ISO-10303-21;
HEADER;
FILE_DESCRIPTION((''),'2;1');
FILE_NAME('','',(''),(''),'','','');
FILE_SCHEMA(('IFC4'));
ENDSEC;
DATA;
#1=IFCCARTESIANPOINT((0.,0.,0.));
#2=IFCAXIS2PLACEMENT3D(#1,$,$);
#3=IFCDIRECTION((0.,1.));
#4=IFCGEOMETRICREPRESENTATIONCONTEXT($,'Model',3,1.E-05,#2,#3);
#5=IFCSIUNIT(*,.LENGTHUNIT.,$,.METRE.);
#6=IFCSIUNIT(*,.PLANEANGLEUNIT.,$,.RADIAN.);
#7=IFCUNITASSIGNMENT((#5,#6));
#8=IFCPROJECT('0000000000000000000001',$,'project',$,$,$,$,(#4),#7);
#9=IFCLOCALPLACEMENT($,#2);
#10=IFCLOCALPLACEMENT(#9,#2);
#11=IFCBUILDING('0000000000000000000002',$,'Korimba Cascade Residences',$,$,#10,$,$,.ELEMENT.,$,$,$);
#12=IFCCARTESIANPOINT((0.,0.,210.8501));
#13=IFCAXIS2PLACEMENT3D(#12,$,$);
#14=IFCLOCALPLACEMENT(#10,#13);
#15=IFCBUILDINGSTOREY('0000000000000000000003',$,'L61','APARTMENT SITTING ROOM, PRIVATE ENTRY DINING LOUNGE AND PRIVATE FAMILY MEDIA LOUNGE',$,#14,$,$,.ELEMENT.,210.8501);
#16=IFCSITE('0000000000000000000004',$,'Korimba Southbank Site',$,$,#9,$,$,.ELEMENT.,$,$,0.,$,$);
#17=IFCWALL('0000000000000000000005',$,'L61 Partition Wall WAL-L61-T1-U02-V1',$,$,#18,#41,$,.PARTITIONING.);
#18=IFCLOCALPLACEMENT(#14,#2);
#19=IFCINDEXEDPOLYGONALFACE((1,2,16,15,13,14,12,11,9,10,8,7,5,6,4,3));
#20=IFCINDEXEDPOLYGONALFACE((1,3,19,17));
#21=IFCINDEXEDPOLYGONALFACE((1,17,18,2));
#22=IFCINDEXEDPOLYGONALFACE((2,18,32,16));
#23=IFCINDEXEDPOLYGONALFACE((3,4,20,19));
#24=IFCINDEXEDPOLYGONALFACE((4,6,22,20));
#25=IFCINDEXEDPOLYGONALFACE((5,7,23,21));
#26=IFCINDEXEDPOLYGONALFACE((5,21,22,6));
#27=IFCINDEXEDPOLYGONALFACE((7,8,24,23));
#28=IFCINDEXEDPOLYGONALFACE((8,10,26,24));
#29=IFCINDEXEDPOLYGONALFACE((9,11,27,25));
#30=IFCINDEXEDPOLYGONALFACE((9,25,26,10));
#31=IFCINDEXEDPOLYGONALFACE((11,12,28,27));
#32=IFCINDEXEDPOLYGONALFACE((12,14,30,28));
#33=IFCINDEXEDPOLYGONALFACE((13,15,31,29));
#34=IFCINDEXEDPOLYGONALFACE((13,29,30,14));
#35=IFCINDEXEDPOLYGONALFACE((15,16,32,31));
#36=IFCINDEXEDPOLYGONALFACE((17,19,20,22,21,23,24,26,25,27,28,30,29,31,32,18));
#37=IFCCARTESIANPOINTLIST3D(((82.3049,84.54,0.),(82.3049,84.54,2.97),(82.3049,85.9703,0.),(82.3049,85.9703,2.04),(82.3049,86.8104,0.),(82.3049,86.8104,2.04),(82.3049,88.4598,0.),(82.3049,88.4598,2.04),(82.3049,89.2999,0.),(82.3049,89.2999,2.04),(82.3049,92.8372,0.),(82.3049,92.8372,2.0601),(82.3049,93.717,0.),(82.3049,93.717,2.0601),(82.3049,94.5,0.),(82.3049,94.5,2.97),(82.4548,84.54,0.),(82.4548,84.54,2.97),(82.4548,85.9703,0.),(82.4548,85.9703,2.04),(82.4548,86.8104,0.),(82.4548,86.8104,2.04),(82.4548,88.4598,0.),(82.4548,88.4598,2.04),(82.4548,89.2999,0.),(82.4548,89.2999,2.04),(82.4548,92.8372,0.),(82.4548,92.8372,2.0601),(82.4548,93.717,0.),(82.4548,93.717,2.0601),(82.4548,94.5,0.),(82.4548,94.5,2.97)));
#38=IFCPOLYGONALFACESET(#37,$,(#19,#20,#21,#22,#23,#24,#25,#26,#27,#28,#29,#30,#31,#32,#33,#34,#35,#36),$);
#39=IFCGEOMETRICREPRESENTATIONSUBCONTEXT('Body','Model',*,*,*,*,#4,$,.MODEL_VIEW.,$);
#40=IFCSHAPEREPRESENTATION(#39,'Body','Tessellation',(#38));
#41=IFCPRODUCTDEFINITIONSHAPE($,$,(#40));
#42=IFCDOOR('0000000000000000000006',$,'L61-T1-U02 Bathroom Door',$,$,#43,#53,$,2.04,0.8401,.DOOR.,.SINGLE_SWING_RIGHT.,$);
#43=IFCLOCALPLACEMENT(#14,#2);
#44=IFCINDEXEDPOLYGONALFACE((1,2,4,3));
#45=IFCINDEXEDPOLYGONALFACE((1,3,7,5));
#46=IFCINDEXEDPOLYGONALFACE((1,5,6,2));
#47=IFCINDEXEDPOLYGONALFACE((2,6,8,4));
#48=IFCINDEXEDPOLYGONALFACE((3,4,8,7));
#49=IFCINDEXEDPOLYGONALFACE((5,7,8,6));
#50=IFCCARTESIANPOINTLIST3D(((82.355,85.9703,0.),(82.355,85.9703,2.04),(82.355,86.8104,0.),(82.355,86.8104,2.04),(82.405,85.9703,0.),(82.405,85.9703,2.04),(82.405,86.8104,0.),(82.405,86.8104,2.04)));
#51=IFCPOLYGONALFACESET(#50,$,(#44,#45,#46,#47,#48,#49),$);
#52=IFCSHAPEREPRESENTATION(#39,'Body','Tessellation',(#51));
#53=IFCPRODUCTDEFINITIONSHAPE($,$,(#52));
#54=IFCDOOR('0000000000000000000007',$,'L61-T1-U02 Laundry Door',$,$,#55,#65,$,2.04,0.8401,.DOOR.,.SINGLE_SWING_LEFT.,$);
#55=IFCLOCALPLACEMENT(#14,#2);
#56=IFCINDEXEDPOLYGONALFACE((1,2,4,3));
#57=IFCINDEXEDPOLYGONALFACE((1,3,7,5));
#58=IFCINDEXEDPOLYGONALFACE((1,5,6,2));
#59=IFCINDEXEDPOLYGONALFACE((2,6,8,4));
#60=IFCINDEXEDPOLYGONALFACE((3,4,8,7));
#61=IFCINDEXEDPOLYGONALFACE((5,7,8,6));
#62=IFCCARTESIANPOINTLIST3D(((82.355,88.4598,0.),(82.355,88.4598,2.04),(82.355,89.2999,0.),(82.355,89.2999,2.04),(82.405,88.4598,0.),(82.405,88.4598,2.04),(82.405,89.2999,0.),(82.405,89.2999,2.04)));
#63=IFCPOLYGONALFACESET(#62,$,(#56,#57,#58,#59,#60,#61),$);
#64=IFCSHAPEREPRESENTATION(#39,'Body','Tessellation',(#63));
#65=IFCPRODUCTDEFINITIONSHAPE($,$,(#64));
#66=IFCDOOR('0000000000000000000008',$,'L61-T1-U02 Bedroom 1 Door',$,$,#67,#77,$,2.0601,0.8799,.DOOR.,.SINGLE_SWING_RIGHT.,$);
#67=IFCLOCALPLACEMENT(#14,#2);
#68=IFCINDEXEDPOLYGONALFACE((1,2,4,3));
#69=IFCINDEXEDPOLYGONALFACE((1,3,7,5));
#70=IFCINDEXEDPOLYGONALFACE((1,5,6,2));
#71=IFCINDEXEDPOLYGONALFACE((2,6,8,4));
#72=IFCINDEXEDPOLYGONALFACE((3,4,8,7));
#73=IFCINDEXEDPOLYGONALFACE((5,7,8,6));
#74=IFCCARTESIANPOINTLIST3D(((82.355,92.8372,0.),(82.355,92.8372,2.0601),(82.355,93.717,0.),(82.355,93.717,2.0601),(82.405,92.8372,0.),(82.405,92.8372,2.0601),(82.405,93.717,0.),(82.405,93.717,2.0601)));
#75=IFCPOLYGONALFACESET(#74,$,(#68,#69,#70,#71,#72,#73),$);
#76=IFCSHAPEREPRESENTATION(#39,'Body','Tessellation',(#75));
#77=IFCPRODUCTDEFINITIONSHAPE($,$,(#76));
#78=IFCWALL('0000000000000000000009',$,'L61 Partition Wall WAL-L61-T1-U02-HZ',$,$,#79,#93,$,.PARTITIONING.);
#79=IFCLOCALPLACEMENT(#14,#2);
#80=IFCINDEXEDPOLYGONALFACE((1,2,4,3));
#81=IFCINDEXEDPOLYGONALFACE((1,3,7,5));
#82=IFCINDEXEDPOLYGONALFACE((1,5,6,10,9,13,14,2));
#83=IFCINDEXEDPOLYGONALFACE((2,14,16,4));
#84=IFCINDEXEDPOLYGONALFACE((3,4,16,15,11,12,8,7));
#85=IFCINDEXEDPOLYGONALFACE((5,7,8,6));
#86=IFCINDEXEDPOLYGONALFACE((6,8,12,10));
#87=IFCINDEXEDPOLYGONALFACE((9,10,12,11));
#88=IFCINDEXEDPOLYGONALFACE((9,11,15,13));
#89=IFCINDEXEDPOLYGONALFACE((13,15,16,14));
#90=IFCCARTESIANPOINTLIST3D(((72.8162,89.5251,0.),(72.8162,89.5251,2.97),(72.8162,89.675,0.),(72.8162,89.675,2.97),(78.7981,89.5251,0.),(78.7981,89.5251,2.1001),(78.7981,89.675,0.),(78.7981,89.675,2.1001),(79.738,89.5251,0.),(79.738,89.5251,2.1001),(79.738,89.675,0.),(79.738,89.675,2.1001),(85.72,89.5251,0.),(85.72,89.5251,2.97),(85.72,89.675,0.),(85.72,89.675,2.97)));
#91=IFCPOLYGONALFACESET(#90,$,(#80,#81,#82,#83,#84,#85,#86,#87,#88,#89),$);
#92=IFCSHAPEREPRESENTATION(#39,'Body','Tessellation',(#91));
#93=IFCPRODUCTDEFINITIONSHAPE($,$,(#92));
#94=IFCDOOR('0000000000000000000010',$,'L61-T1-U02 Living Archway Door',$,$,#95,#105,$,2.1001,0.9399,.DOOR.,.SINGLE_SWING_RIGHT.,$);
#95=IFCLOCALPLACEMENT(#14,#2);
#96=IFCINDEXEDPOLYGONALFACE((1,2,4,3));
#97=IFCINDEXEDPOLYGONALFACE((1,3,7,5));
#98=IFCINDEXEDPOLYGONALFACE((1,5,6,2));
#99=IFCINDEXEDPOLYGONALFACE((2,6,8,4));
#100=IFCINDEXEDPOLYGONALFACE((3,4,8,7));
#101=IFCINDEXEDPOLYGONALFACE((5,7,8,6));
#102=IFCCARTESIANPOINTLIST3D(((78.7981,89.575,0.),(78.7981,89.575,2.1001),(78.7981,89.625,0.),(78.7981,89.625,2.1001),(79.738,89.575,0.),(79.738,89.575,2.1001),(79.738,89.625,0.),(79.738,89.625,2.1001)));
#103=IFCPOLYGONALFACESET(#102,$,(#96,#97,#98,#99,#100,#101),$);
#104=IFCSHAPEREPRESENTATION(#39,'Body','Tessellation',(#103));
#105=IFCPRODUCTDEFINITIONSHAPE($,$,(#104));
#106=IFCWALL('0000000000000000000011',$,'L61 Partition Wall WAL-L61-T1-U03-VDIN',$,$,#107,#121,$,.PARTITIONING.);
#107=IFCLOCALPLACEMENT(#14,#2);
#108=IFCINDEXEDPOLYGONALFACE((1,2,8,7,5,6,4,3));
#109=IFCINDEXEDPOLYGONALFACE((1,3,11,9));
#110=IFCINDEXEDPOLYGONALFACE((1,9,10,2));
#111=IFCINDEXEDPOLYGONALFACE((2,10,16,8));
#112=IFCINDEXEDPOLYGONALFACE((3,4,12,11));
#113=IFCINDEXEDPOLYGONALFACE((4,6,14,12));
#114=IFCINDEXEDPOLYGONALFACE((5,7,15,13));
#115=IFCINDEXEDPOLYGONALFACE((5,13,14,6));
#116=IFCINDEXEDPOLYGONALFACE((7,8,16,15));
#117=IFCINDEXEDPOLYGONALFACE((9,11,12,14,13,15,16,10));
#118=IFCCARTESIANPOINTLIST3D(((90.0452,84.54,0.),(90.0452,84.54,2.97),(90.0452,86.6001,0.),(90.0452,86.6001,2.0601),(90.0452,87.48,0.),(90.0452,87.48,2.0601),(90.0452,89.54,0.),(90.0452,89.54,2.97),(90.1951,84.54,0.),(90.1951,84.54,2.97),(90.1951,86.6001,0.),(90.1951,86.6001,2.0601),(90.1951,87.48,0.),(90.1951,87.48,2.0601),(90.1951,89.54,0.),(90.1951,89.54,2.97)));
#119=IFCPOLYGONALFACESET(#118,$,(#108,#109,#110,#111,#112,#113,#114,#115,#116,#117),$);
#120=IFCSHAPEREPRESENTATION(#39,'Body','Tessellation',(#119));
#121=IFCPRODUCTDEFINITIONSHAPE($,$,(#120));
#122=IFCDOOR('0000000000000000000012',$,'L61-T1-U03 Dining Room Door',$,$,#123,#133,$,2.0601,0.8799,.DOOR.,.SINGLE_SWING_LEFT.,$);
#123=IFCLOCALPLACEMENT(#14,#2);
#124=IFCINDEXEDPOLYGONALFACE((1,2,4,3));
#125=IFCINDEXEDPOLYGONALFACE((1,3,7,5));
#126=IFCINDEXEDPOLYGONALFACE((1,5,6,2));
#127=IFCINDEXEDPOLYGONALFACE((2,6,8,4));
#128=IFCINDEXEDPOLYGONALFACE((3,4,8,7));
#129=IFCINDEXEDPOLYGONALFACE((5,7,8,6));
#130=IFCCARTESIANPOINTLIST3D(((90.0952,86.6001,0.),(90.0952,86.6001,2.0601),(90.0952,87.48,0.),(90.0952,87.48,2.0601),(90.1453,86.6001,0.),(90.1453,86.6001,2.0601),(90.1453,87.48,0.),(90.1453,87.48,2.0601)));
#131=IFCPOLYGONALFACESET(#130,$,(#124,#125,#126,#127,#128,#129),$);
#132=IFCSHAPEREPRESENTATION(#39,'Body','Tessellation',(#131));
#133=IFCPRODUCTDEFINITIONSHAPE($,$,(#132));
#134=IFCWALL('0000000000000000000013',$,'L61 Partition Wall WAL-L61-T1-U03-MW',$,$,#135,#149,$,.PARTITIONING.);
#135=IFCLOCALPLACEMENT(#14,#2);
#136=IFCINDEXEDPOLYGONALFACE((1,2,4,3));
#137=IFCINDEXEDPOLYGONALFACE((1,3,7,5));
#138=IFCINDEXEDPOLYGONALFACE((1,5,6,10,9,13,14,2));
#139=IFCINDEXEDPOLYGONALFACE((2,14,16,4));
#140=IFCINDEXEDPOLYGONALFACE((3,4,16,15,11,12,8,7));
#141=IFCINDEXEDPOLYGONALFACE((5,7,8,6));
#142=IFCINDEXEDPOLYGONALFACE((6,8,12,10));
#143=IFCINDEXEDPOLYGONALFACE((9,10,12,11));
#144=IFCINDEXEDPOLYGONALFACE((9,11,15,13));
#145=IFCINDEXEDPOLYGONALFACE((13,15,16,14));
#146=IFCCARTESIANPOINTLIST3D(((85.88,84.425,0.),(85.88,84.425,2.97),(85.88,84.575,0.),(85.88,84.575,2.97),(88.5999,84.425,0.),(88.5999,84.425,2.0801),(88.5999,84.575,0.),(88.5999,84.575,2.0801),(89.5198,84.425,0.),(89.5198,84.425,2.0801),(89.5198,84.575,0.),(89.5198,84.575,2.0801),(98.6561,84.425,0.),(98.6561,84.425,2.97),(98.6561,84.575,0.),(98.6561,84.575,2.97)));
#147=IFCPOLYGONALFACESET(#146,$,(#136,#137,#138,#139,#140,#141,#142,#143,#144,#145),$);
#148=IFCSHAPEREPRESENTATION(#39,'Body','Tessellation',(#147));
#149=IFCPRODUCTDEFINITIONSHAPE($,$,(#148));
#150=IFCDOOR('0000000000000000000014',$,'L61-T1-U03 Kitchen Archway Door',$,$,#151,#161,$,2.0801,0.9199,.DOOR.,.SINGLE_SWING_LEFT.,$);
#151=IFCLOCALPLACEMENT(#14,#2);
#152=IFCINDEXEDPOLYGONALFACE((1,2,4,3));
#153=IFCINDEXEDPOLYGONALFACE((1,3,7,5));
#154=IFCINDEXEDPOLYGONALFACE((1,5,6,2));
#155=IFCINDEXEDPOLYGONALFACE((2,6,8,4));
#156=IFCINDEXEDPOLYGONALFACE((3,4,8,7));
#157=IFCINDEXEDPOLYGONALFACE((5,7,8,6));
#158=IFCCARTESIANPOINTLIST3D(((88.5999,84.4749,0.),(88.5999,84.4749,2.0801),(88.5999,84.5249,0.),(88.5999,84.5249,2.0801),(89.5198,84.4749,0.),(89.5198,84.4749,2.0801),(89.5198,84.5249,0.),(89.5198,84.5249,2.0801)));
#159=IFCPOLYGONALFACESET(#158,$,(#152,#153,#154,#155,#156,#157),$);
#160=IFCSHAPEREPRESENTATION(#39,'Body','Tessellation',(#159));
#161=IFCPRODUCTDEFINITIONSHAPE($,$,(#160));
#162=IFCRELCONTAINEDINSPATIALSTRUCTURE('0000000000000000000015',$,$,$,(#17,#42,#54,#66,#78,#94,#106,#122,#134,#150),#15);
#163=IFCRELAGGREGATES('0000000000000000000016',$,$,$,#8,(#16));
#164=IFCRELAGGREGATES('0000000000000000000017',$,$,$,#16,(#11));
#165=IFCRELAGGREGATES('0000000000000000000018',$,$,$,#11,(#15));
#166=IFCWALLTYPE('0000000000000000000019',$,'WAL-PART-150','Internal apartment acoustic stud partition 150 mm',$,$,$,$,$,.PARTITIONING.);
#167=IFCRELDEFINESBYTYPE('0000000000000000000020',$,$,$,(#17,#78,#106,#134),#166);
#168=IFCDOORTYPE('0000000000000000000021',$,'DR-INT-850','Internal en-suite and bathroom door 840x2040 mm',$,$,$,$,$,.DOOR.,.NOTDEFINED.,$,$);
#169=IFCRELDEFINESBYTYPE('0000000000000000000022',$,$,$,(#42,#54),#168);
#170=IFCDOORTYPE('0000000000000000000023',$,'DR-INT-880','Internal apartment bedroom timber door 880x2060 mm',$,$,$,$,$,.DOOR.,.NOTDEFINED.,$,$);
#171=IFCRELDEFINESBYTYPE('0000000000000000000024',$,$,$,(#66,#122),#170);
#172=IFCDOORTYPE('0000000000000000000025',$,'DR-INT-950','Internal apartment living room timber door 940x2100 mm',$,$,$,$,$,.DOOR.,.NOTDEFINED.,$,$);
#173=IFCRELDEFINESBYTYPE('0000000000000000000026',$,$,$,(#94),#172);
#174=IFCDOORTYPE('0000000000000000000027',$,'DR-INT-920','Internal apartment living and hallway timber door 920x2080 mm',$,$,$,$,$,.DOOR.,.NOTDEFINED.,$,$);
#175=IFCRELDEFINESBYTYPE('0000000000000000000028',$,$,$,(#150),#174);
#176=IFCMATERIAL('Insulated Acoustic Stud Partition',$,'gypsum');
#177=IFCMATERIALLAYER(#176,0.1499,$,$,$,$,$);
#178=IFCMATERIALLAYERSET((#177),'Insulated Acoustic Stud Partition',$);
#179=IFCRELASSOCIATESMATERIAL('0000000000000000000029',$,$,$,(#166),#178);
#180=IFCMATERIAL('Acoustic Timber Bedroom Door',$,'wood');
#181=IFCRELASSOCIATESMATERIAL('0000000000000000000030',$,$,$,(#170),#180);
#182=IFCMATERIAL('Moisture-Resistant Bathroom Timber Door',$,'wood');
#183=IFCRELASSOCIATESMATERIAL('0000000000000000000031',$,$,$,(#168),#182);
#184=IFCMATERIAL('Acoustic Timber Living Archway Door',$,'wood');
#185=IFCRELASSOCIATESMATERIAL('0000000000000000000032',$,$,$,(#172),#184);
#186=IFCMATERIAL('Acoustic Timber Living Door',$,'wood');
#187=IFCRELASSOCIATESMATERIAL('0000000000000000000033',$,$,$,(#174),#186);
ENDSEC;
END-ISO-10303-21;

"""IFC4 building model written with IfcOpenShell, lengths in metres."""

from ifc_helpers import new_model, si_unit, direction, frame, frame_2d, origin, place, context, subcontext, project, spatial, rectangle, extrude, material, layer, layer_set, type_object, element, fill, save


model = new_model("IFC4")

# Units and contexts
model_context = context("Model", 3, precision=1e-05, world=origin(), true_north=direction((0.0, 1.0)))
body_context = subcontext(model_context, "Body", "Model", "MODEL_VIEW")
ifc_project = project(units=[si_unit("LENGTHUNIT", "METRE"), si_unit("PLANEANGLEUNIT", "RADIAN")], contexts=[model_context])

# Site, building, storey
site_placement = place(None, origin())
site = spatial("IfcSite", under=ifc_project, at=site_placement, Name="Korimba Southbank Site", CompositionType="ELEMENT", RefElevation=0.0)
building_placement = place(site_placement, origin())
building = spatial("IfcBuilding", under=site, at=building_placement, Name="Korimba Cascade Residences", CompositionType="ELEMENT")
storey_placement = place(building_placement, frame((0.0, 0.0, 210.8501)))
storey = spatial("IfcBuildingStorey", under=building, at=storey_placement, Name="L61", Description="APARTMENT SITTING ROOM, PRIVATE ENTRY DINING LOUNGE AND PRIVATE FAMILY MEDIA LOUNGE", CompositionType="ELEMENT", Elevation=210.8501)

# Shared definitions
ifc_material_1 = material(Name="Insulated Acoustic Stud Partition", Category="gypsum")
ifc_layer = layer(ifc_material_1, 0.1499)
ifc_layer_set = layer_set([ifc_layer], Name="Insulated Acoustic Stud Partition")
wall_type = type_object("IfcWallType", Name="WAL-PART-150", Description="Internal apartment acoustic stud partition 150 mm", PredefinedType="PARTITIONING", material=ifc_layer_set)
ifc_material_2 = material(Name="Acoustic Timber Bedroom Door", Category="wood")
door_type_1 = type_object("IfcDoorType", Name="DR-INT-880", Description="Internal apartment bedroom timber door 880x2060 mm", OperationType="NOTDEFINED", PredefinedType="DOOR", material=ifc_material_2)

# Wall, openings, doors
wall_1_placement = place(storey_placement, frame((82.3799, 84.54, 0.0), z_axis=(0.0, 0.0, 1.0), x_axis=(0.0, 1.0, 0.0)))
wall_1 = element("IfcWall", 1, at=wall_1_placement, inside=storey, type_object=wall_type, Name="L61 Partition Wall WAL-L61-T1-U02-V1", PredefinedType="PARTITIONING", context=body_context, shape_type="SweptSolid", body=[
    extrude(rectangle(XDim=9.96, YDim=0.1499, at=frame_2d((4.98, 0.0))), origin(), (0.0, 0.0, 1.0), 2.97),
])
opening_1_placement = place(wall_1_placement, frame((1.4304, 0.0, 0.0)))
opening_1 = element("IfcOpeningElement", 2, at=opening_1_placement, cuts=wall_1, PredefinedType="OPENING", context=body_context, shape_type="SweptSolid", body=[
    extrude(rectangle(XDim=0.8401, YDim=2.04, at=frame_2d((0.4199, 1.02))), frame((0.0, 0.085, 0.0), z_axis=(0.0, -1.0, 0.0), x_axis=(1.0, 0.0, 0.0)), (0.0, 0.0, 1.0), 0.1699),
])
opening_2_placement = place(wall_1_placement, frame((3.9199, 0.0, 0.0)))
opening_2 = element("IfcOpeningElement", 3, at=opening_2_placement, cuts=wall_1, PredefinedType="OPENING", context=body_context, shape_type="SweptSolid", body=[
    extrude(rectangle(XDim=0.8401, YDim=2.04, at=frame_2d((0.4199, 1.02))), frame((0.0, 0.085, 0.0), z_axis=(0.0, -1.0, 0.0), x_axis=(1.0, 0.0, 0.0)), (0.0, 0.0, 1.0), 0.1699),
])
opening_3_placement = place(wall_1_placement, frame((8.2971, 0.0, 0.0)))
opening_3 = element("IfcOpeningElement", 4, at=opening_3_placement, cuts=wall_1, PredefinedType="OPENING", context=body_context, shape_type="SweptSolid", body=[
    extrude(rectangle(XDim=0.8799, YDim=2.0601, at=frame_2d((0.4399, 1.03))), frame((0.0, 0.085, 0.0), z_axis=(0.0, -1.0, 0.0), x_axis=(1.0, 0.0, 0.0)), (0.0, 0.0, 1.0), 0.1699),
])
ifc_material_3 = material(Name="Moisture-Resistant Bathroom Timber Door", Category="wood")
door_type_2 = type_object("IfcDoorType", Name="DR-INT-850", Description="Internal en-suite and bathroom door 840x2040 mm", OperationType="NOTDEFINED", PredefinedType="DOOR", material=ifc_material_3)
door_1_placement = place(opening_1_placement, origin())
door_1 = element("IfcDoor", 5, at=door_1_placement, inside=storey, type_object=door_type_2, Name="L61-T1-U02 Bathroom Door", OperationType="SINGLE_SWING_RIGHT", OverallHeight=2.04, OverallWidth=0.8401, PredefinedType="DOOR", context=body_context, shape_type="SweptSolid", body=[
    extrude(rectangle(XDim=0.8401, YDim=2.04, at=frame_2d((0.4199, 1.02))), frame((0.0, 0.0249, 0.0), z_axis=(0.0, -1.0, 0.0), x_axis=(1.0, 0.0, 0.0)), (0.0, 0.0, 1.0), 0.05),
])
fill(opening_1, door_1)
door_2_placement = place(opening_2_placement, origin())
door_2 = element("IfcDoor", 6, at=door_2_placement, inside=storey, type_object=door_type_2, Name="L61-T1-U02 Laundry Door", OperationType="SINGLE_SWING_LEFT", OverallHeight=2.04, OverallWidth=0.8401, PredefinedType="DOOR", context=body_context, shape_type="SweptSolid", body=[
    extrude(rectangle(XDim=0.8401, YDim=2.04, at=frame_2d((0.4199, 1.02))), frame((0.0, 0.0249, 0.0), z_axis=(0.0, -1.0, 0.0), x_axis=(1.0, 0.0, 0.0)), (0.0, 0.0, 1.0), 0.05),
])
fill(opening_2, door_2)
door_3_placement = place(opening_3_placement, origin())
door_3 = element("IfcDoor", 7, at=door_3_placement, inside=storey, type_object=door_type_1, Name="L61-T1-U02 Bedroom 1 Door", OperationType="SINGLE_SWING_RIGHT", OverallHeight=2.0601, OverallWidth=0.8799, PredefinedType="DOOR", context=body_context, shape_type="SweptSolid", body=[
    extrude(rectangle(XDim=0.8799, YDim=2.0601, at=frame_2d((0.4399, 1.03))), frame((0.0, 0.0249, 0.0), z_axis=(0.0, -1.0, 0.0), x_axis=(1.0, 0.0, 0.0)), (0.0, 0.0, 1.0), 0.05),
])
fill(opening_3, door_3)

# Walls, openings, doors
wall_2_placement = place(storey_placement, frame((72.8162, 89.6001, 0.0), z_axis=(0.0, 0.0, 1.0), x_axis=(1.0, 0.0, 0.0)))
wall_2 = element("IfcWall", 8, at=wall_2_placement, inside=storey, type_object=wall_type, Name="L61 Partition Wall WAL-L61-T1-U02-HZ", PredefinedType="PARTITIONING", context=body_context, shape_type="SweptSolid", body=[
    extrude(rectangle(XDim=12.9038, YDim=0.1499, at=frame_2d((6.4519, 0.0))), origin(), (0.0, 0.0, 1.0), 2.97),
])
opening_4_placement = place(wall_2_placement, frame((5.9819, 0.0, 0.0)))
opening_4 = element("IfcOpeningElement", 9, at=opening_4_placement, cuts=wall_2, PredefinedType="OPENING", context=body_context, shape_type="SweptSolid", body=[
    extrude(rectangle(XDim=0.9399, YDim=2.1001, at=frame_2d((0.47, 1.05))), frame((0.0, 0.085, 0.0), z_axis=(0.0, -1.0, 0.0), x_axis=(1.0, 0.0, 0.0)), (0.0, 0.0, 1.0), 0.1699),
])
ifc_material_4 = material(Name="Acoustic Timber Living Archway Door", Category="wood")
door_type_3 = type_object("IfcDoorType", Name="DR-INT-950", Description="Internal apartment living room timber door 940x2100 mm", OperationType="NOTDEFINED", PredefinedType="DOOR", material=ifc_material_4)
door_4_placement = place(opening_4_placement, origin())
door_4 = element("IfcDoor", 10, at=door_4_placement, inside=storey, type_object=door_type_3, Name="L61-T1-U02 Living Archway Door", OperationType="SINGLE_SWING_RIGHT", OverallHeight=2.1001, OverallWidth=0.9399, PredefinedType="DOOR", context=body_context, shape_type="SweptSolid", body=[
    extrude(rectangle(XDim=0.9399, YDim=2.1001, at=frame_2d((0.47, 1.05))), frame((0.0, 0.0249, 0.0), z_axis=(0.0, -1.0, 0.0), x_axis=(1.0, 0.0, 0.0)), (0.0, 0.0, 1.0), 0.05),
])
fill(opening_4, door_4)
wall_3_placement = place(storey_placement, frame((90.1201, 84.54, 0.0), z_axis=(0.0, 0.0, 1.0), x_axis=(0.0, 1.0, 0.0)))
wall_3 = element("IfcWall", 11, at=wall_3_placement, inside=storey, type_object=wall_type, Name="L61 Partition Wall WAL-L61-T1-U03-VDIN", PredefinedType="PARTITIONING", context=body_context, shape_type="SweptSolid", body=[
    extrude(rectangle(XDim=5.0, YDim=0.1499, at=frame_2d((2.5, 0.0))), origin(), (0.0, 0.0, 1.0), 2.97),
])
opening_5_placement = place(wall_3_placement, frame((2.0601, 0.0, 0.0)))
opening_5 = element("IfcOpeningElement", 12, at=opening_5_placement, cuts=wall_3, PredefinedType="OPENING", context=body_context, shape_type="SweptSolid", body=[
    extrude(rectangle(XDim=0.8799, YDim=2.0601, at=frame_2d((0.4399, 1.03))), frame((0.0, 0.085, 0.0), z_axis=(0.0, -1.0, 0.0), x_axis=(1.0, 0.0, 0.0)), (0.0, 0.0, 1.0), 0.1699),
])
door_5_placement = place(opening_5_placement, origin())
door_5 = element("IfcDoor", 13, at=door_5_placement, inside=storey, type_object=door_type_1, Name="L61-T1-U03 Dining Room Door", OperationType="SINGLE_SWING_LEFT", OverallHeight=2.0601, OverallWidth=0.8799, PredefinedType="DOOR", context=body_context, shape_type="SweptSolid", body=[
    extrude(rectangle(XDim=0.8799, YDim=2.0601, at=frame_2d((0.4399, 1.03))), frame((0.0, 0.0249, 0.0), z_axis=(0.0, -1.0, 0.0), x_axis=(1.0, 0.0, 0.0)), (0.0, 0.0, 1.0), 0.05),
])
fill(opening_5, door_5)
wall_4_placement = place(storey_placement, frame((85.8799, 84.5, 0.0), z_axis=(0.0, 0.0, 1.0), x_axis=(1.0, 0.0, 0.0)))
wall_4 = element("IfcWall", 14, at=wall_4_placement, inside=storey, type_object=wall_type, Name="L61 Partition Wall WAL-L61-T1-U03-MW", PredefinedType="PARTITIONING", context=body_context, shape_type="SweptSolid", body=[
    extrude(rectangle(XDim=12.7761, YDim=0.1499, at=frame_2d((6.3882, 0.0))), origin(), (0.0, 0.0, 1.0), 2.97),
])
opening_6_placement = place(wall_4_placement, frame((2.72, 0.0, 0.0)))
opening_6 = element("IfcOpeningElement", 15, at=opening_6_placement, cuts=wall_4, PredefinedType="OPENING", context=body_context, shape_type="SweptSolid", body=[
    extrude(rectangle(XDim=0.9199, YDim=2.0801, at=frame_2d((0.46, 1.04))), frame((0.0, 0.085, 0.0), z_axis=(0.0, -1.0, 0.0), x_axis=(1.0, 0.0, 0.0)), (0.0, 0.0, 1.0), 0.1699),
])
ifc_material_5 = material(Name="Acoustic Timber Living Door", Category="wood")
door_type_4 = type_object("IfcDoorType", Name="DR-INT-920", Description="Internal apartment living and hallway timber door 920x2080 mm", OperationType="NOTDEFINED", PredefinedType="DOOR", material=ifc_material_5)
door_6_placement = place(opening_6_placement, origin())
door_6 = element("IfcDoor", 16, at=door_6_placement, inside=storey, type_object=door_type_4, Name="L61-T1-U03 Kitchen Archway Door", OperationType="SINGLE_SWING_LEFT", OverallHeight=2.0801, OverallWidth=0.9199, PredefinedType="DOOR", context=body_context, shape_type="SweptSolid", body=[
    extrude(rectangle(XDim=0.9199, YDim=2.0801, at=frame_2d((0.46, 1.04))), frame((0.0, 0.0249, 0.0), z_axis=(0.0, -1.0, 0.0), x_axis=(1.0, 0.0, 0.0)), (0.0, 0.0, 1.0), 0.05),
])
fill(opening_6, door_6)

save(model, "model.ifc")
